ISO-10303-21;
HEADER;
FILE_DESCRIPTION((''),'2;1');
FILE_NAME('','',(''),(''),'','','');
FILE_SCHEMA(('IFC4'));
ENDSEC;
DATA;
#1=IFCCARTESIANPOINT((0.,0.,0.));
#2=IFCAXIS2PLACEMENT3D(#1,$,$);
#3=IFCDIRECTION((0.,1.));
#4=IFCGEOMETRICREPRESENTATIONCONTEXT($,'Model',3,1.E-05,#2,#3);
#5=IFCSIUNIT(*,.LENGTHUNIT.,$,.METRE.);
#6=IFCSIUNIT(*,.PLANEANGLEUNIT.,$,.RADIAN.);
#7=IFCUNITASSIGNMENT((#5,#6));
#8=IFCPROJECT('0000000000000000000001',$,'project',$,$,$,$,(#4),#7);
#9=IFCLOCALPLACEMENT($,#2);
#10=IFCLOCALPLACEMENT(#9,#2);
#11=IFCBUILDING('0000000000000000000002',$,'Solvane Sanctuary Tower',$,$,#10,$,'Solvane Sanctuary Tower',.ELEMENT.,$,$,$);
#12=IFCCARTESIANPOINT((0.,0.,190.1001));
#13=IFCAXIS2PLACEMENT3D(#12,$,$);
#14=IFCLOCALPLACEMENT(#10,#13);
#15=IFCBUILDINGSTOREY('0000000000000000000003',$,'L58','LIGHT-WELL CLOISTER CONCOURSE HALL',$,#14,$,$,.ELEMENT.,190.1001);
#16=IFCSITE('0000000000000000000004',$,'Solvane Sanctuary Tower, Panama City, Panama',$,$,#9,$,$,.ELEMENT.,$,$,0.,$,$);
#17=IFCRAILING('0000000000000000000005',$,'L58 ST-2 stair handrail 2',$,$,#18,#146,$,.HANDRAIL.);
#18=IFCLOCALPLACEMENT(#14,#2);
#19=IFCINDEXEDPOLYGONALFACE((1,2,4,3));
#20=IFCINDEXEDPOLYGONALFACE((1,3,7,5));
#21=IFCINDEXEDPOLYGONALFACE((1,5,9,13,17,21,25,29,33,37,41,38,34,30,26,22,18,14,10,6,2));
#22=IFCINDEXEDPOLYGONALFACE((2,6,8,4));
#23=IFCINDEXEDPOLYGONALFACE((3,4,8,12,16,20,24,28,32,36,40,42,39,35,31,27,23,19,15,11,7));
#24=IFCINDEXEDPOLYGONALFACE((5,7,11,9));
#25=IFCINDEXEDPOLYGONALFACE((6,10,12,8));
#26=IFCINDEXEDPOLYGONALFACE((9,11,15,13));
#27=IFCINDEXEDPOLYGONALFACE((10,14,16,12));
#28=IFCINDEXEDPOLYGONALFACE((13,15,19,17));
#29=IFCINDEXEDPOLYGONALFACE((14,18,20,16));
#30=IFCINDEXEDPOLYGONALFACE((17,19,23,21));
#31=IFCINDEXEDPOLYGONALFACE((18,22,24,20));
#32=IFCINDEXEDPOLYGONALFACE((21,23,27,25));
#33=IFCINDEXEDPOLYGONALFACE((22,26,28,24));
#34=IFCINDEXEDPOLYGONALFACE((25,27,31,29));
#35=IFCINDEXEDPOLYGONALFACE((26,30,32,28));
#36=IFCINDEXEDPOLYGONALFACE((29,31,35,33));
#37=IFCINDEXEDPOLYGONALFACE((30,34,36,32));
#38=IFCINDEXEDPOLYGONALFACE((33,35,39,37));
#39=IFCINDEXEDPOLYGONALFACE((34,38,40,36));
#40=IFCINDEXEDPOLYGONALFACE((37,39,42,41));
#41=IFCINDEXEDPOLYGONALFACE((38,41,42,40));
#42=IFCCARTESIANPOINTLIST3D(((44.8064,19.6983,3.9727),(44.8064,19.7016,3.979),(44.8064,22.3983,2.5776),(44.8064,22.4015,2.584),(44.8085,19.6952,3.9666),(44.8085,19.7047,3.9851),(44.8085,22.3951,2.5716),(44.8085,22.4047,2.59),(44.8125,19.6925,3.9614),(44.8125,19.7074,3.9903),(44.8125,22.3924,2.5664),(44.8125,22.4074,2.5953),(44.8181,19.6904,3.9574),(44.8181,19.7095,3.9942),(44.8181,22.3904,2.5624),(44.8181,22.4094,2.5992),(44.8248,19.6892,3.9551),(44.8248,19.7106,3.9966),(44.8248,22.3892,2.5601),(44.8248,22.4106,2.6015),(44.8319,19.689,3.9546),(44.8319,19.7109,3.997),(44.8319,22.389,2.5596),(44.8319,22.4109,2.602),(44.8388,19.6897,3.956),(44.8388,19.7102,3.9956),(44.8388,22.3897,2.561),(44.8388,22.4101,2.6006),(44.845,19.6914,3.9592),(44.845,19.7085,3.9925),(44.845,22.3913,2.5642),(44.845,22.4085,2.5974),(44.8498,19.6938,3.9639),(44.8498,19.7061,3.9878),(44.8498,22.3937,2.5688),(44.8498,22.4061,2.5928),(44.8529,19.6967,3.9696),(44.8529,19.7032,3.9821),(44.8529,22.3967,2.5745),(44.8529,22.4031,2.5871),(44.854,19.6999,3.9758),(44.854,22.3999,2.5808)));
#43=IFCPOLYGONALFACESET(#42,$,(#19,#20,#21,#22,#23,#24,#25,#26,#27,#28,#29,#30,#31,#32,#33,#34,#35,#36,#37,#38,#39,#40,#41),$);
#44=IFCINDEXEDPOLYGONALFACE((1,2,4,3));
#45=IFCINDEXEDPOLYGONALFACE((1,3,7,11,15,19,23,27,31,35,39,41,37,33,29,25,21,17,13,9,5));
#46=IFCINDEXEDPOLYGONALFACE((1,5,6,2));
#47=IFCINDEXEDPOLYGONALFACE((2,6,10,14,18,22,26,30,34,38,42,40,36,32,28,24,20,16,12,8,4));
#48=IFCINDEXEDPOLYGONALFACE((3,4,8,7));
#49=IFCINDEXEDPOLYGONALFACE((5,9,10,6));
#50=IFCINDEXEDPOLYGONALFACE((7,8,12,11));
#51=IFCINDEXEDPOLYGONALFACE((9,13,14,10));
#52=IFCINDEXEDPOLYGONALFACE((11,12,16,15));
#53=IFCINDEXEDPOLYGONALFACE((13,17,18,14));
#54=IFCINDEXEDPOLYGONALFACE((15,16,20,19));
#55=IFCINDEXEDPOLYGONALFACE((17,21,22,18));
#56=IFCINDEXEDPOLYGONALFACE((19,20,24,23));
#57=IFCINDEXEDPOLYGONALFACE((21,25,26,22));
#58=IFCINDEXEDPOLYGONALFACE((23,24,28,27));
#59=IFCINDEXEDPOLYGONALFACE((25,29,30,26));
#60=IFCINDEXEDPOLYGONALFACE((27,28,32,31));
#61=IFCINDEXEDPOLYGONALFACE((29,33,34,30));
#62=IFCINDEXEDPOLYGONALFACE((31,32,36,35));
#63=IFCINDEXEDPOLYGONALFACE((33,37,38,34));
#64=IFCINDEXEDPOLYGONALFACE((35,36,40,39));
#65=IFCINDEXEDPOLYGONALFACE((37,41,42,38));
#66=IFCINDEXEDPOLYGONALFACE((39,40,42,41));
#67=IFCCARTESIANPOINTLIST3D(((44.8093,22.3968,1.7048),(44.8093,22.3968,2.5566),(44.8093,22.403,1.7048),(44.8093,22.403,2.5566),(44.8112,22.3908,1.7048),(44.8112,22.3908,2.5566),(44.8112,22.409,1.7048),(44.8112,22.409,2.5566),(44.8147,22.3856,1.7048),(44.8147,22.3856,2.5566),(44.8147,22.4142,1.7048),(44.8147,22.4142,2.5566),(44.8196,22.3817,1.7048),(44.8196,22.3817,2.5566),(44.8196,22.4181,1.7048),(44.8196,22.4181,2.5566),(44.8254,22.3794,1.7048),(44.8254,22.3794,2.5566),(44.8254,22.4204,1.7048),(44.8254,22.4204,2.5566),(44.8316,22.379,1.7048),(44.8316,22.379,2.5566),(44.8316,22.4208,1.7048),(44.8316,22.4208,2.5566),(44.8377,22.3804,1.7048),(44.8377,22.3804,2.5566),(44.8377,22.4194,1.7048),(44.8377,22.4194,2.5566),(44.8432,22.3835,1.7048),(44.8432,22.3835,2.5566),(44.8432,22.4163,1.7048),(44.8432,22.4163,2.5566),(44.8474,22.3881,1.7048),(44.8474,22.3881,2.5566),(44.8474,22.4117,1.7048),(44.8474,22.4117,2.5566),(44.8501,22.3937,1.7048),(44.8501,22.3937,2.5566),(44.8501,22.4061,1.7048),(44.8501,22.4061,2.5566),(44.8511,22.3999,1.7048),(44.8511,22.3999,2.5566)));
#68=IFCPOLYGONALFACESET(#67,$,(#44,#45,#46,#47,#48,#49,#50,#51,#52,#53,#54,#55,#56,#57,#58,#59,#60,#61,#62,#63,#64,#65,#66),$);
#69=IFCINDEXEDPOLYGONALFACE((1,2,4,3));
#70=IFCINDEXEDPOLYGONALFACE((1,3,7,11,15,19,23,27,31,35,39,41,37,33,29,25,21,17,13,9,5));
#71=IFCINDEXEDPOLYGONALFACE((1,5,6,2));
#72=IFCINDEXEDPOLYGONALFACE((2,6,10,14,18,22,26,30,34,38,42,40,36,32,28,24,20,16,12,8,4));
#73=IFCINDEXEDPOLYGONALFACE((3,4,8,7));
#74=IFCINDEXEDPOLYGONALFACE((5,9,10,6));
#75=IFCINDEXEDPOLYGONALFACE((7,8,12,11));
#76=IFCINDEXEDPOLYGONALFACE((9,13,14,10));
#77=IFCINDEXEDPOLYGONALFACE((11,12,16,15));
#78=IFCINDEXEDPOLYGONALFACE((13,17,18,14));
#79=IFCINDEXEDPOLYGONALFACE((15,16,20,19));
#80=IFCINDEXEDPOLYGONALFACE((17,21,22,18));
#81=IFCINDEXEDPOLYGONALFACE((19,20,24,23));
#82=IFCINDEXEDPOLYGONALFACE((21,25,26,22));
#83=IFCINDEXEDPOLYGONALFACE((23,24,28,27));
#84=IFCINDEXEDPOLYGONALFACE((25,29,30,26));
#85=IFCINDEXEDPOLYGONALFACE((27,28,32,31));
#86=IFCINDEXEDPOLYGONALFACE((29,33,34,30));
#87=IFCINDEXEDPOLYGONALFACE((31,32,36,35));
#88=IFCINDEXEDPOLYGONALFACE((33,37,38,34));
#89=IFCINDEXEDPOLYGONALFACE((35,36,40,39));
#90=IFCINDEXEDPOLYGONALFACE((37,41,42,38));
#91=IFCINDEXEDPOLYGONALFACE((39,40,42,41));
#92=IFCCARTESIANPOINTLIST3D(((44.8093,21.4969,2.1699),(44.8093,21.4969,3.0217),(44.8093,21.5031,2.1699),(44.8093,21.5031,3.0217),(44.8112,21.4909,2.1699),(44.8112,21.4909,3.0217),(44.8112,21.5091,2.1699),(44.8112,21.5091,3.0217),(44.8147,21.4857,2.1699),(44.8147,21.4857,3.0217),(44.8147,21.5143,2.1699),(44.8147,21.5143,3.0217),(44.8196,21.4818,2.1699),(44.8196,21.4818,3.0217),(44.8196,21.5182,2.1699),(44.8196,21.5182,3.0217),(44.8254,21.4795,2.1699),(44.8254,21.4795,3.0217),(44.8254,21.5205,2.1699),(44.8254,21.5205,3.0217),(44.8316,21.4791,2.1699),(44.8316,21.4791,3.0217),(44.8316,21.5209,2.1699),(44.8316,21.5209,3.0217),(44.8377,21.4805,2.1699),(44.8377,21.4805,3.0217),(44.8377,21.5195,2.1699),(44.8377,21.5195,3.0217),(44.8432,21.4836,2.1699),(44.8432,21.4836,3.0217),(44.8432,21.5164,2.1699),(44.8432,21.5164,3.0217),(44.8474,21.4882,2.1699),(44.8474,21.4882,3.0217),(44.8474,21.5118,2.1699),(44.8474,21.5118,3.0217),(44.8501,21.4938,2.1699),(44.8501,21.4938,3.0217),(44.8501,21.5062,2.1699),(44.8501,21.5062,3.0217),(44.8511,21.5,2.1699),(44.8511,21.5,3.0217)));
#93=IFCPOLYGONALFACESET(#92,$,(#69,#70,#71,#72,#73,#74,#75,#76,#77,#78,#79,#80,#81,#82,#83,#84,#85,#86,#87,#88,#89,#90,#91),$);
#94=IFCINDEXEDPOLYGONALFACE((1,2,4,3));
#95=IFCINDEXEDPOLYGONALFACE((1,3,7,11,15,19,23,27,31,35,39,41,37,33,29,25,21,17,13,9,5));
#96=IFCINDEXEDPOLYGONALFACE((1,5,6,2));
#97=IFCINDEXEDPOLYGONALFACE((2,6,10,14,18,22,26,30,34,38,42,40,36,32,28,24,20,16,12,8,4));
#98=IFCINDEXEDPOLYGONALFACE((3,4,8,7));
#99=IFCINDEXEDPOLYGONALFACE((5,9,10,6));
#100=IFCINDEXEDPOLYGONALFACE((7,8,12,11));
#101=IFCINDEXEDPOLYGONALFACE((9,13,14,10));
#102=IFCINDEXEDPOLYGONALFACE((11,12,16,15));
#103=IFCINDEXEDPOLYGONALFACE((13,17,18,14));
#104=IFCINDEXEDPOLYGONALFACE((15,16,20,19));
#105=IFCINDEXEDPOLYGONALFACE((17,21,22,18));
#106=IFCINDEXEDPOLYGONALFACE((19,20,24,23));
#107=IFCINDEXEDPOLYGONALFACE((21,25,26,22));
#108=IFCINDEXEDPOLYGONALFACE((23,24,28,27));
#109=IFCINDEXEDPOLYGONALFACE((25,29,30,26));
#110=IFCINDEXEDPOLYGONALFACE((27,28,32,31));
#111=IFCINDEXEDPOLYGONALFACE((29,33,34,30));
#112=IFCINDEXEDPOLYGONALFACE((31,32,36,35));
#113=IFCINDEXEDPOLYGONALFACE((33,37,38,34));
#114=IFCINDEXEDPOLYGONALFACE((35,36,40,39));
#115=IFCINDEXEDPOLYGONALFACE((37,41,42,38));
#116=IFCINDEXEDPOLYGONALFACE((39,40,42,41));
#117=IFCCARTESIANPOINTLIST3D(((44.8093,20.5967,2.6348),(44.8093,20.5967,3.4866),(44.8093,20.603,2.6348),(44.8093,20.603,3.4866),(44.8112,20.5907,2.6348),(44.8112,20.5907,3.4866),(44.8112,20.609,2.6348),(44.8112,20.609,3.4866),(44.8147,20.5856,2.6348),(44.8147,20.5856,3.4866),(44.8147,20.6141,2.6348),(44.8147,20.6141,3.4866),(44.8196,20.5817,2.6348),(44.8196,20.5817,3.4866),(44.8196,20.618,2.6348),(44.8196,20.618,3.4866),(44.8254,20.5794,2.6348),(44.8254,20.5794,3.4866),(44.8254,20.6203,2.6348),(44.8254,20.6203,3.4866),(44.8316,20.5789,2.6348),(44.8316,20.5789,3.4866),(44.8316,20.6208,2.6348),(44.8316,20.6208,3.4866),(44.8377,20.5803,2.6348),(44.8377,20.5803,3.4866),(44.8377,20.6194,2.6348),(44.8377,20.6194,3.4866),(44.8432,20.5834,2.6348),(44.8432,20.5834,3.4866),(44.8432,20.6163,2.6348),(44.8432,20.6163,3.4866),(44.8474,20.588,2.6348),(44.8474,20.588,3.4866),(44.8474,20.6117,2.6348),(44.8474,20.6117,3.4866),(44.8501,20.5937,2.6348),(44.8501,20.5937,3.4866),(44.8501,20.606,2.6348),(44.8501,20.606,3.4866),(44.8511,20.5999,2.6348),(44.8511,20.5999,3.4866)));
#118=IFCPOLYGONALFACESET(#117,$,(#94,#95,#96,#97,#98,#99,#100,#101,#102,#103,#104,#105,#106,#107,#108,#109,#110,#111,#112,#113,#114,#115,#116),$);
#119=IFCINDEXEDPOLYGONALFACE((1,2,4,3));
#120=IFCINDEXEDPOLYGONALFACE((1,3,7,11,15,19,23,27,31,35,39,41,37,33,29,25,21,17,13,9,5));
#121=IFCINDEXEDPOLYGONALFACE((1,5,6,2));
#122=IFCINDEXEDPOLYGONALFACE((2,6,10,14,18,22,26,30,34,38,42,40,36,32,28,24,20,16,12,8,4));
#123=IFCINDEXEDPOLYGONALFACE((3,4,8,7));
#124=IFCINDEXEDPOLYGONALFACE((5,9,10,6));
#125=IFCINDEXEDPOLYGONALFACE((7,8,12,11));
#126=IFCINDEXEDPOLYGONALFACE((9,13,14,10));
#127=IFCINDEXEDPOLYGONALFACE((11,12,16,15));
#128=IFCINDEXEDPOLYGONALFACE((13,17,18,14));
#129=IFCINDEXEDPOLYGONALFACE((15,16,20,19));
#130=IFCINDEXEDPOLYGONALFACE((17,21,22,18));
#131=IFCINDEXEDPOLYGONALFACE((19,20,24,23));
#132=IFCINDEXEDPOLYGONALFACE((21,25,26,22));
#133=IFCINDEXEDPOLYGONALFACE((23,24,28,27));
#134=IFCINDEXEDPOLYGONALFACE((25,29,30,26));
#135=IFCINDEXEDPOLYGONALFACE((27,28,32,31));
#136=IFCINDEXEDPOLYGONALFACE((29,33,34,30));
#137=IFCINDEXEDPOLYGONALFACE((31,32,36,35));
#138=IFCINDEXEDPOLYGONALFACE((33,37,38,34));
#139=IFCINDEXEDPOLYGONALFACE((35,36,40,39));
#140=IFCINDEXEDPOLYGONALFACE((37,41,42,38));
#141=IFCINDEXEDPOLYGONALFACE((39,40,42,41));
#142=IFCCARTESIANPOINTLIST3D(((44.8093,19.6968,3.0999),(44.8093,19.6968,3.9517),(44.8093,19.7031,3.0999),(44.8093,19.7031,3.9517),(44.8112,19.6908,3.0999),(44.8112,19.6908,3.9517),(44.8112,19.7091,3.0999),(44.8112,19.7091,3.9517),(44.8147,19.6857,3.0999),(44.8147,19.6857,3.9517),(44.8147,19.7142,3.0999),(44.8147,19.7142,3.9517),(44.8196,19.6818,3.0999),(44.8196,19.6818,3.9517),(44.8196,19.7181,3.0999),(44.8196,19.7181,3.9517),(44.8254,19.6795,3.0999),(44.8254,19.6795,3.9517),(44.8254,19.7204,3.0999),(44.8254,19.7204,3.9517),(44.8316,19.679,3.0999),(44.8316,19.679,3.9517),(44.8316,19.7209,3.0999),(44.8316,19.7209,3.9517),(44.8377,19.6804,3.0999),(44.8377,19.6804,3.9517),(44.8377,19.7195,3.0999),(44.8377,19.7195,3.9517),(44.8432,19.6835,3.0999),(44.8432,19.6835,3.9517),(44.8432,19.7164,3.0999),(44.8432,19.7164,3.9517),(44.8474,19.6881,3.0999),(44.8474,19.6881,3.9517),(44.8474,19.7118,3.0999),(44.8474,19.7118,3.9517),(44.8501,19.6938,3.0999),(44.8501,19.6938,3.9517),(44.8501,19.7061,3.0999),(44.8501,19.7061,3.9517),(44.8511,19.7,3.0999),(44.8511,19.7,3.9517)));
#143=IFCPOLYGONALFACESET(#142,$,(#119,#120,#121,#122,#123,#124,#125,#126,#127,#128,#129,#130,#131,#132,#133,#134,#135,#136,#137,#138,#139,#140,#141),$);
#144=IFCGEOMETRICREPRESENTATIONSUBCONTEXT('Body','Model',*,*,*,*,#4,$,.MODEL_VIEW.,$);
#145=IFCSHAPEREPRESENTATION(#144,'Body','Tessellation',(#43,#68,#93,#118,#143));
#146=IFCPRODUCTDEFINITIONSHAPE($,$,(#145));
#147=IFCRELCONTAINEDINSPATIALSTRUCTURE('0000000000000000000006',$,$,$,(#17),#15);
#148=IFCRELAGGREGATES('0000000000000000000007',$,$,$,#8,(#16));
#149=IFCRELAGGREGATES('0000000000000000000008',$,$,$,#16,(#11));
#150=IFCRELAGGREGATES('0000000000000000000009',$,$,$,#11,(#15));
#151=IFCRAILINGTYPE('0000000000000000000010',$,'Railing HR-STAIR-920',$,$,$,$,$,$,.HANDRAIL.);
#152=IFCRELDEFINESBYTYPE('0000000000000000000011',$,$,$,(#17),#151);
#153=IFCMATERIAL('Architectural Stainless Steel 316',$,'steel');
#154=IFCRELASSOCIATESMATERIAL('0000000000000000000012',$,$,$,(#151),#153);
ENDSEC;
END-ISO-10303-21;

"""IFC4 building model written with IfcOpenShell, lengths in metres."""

from ifc_helpers import new_model, si_unit, direction, frame, origin, origin_2d, place, context, subcontext, project, spatial, circle, extrude, material, type_object, element, save


model = new_model("IFC4")

# Units and contexts
model_context = context("Model", 3, precision=1e-05, world=origin(), true_north=direction((0.0, 1.0)))
body_context = subcontext(model_context, "Body", "Model", "MODEL_VIEW")
ifc_project = project(units=[si_unit("LENGTHUNIT", "METRE"), si_unit("PLANEANGLEUNIT", "RADIAN")], contexts=[model_context])

# Site, building, storey
site_placement = place(None, origin())
site = spatial("IfcSite", under=ifc_project, at=site_placement, Name="Solvane Sanctuary Tower, Panama City, Panama", CompositionType="ELEMENT", RefElevation=0.0)
building_placement = place(site_placement, origin())
building = spatial("IfcBuilding", under=site, at=building_placement, Name="Solvane Sanctuary Tower", LongName="Solvane Sanctuary Tower", CompositionType="ELEMENT")
storey_placement = place(building_placement, frame((0.0, 0.0, 190.1001)))
storey = spatial("IfcBuildingStorey", under=building, at=storey_placement, Name="L58", Description="LIGHT-WELL CLOISTER CONCOURSE HALL", CompositionType="ELEMENT", Elevation=190.1001)

# Shared definitions
ifc_material_1 = material(Name="Architectural Stainless Steel 316", Category="steel")

# Railing
railing_type_1 = type_object("IfcRailingType", Name="Railing HR-STAIR-920", PredefinedType="HANDRAIL", material=ifc_material_1)
railing_1_placement = place(storey_placement, frame((44.8301, 22.3999, 1.7048)))
element("IfcRailing", 1, at=railing_1_placement, inside=storey, type_object=railing_type_1, Name="L58 ST-2 stair handrail 2", PredefinedType="HANDRAIL", context=body_context, shape_type="SweptSolid", body=[
    extrude(circle(Radius=0.0239, at=origin_2d()), frame((0.0, 0.0, 0.876), z_axis=(0.0, -0.88842, 0.459032), x_axis=(1.0, 0.0, 0.0)), (0.0, 0.0, 1.0), 3.0391),
    extrude(circle(Radius=0.021, at=origin_2d()), origin(), (0.0, 0.0, 1.0), 0.8518),
    extrude(circle(Radius=0.021, at=origin_2d()), frame((0.0, -0.8999, 0.4651)), (0.0, 0.0, 1.0), 0.8518),
    extrude(circle(Radius=0.021, at=origin_2d()), frame((0.0, -1.8, 0.9299)), (0.0, 0.0, 1.0), 0.8518),
    extrude(circle(Radius=0.021, at=origin_2d()), frame((0.0, -2.7, 1.395)), (0.0, 0.0, 1.0), 0.8518),
])

save(model, "model.ifc")
